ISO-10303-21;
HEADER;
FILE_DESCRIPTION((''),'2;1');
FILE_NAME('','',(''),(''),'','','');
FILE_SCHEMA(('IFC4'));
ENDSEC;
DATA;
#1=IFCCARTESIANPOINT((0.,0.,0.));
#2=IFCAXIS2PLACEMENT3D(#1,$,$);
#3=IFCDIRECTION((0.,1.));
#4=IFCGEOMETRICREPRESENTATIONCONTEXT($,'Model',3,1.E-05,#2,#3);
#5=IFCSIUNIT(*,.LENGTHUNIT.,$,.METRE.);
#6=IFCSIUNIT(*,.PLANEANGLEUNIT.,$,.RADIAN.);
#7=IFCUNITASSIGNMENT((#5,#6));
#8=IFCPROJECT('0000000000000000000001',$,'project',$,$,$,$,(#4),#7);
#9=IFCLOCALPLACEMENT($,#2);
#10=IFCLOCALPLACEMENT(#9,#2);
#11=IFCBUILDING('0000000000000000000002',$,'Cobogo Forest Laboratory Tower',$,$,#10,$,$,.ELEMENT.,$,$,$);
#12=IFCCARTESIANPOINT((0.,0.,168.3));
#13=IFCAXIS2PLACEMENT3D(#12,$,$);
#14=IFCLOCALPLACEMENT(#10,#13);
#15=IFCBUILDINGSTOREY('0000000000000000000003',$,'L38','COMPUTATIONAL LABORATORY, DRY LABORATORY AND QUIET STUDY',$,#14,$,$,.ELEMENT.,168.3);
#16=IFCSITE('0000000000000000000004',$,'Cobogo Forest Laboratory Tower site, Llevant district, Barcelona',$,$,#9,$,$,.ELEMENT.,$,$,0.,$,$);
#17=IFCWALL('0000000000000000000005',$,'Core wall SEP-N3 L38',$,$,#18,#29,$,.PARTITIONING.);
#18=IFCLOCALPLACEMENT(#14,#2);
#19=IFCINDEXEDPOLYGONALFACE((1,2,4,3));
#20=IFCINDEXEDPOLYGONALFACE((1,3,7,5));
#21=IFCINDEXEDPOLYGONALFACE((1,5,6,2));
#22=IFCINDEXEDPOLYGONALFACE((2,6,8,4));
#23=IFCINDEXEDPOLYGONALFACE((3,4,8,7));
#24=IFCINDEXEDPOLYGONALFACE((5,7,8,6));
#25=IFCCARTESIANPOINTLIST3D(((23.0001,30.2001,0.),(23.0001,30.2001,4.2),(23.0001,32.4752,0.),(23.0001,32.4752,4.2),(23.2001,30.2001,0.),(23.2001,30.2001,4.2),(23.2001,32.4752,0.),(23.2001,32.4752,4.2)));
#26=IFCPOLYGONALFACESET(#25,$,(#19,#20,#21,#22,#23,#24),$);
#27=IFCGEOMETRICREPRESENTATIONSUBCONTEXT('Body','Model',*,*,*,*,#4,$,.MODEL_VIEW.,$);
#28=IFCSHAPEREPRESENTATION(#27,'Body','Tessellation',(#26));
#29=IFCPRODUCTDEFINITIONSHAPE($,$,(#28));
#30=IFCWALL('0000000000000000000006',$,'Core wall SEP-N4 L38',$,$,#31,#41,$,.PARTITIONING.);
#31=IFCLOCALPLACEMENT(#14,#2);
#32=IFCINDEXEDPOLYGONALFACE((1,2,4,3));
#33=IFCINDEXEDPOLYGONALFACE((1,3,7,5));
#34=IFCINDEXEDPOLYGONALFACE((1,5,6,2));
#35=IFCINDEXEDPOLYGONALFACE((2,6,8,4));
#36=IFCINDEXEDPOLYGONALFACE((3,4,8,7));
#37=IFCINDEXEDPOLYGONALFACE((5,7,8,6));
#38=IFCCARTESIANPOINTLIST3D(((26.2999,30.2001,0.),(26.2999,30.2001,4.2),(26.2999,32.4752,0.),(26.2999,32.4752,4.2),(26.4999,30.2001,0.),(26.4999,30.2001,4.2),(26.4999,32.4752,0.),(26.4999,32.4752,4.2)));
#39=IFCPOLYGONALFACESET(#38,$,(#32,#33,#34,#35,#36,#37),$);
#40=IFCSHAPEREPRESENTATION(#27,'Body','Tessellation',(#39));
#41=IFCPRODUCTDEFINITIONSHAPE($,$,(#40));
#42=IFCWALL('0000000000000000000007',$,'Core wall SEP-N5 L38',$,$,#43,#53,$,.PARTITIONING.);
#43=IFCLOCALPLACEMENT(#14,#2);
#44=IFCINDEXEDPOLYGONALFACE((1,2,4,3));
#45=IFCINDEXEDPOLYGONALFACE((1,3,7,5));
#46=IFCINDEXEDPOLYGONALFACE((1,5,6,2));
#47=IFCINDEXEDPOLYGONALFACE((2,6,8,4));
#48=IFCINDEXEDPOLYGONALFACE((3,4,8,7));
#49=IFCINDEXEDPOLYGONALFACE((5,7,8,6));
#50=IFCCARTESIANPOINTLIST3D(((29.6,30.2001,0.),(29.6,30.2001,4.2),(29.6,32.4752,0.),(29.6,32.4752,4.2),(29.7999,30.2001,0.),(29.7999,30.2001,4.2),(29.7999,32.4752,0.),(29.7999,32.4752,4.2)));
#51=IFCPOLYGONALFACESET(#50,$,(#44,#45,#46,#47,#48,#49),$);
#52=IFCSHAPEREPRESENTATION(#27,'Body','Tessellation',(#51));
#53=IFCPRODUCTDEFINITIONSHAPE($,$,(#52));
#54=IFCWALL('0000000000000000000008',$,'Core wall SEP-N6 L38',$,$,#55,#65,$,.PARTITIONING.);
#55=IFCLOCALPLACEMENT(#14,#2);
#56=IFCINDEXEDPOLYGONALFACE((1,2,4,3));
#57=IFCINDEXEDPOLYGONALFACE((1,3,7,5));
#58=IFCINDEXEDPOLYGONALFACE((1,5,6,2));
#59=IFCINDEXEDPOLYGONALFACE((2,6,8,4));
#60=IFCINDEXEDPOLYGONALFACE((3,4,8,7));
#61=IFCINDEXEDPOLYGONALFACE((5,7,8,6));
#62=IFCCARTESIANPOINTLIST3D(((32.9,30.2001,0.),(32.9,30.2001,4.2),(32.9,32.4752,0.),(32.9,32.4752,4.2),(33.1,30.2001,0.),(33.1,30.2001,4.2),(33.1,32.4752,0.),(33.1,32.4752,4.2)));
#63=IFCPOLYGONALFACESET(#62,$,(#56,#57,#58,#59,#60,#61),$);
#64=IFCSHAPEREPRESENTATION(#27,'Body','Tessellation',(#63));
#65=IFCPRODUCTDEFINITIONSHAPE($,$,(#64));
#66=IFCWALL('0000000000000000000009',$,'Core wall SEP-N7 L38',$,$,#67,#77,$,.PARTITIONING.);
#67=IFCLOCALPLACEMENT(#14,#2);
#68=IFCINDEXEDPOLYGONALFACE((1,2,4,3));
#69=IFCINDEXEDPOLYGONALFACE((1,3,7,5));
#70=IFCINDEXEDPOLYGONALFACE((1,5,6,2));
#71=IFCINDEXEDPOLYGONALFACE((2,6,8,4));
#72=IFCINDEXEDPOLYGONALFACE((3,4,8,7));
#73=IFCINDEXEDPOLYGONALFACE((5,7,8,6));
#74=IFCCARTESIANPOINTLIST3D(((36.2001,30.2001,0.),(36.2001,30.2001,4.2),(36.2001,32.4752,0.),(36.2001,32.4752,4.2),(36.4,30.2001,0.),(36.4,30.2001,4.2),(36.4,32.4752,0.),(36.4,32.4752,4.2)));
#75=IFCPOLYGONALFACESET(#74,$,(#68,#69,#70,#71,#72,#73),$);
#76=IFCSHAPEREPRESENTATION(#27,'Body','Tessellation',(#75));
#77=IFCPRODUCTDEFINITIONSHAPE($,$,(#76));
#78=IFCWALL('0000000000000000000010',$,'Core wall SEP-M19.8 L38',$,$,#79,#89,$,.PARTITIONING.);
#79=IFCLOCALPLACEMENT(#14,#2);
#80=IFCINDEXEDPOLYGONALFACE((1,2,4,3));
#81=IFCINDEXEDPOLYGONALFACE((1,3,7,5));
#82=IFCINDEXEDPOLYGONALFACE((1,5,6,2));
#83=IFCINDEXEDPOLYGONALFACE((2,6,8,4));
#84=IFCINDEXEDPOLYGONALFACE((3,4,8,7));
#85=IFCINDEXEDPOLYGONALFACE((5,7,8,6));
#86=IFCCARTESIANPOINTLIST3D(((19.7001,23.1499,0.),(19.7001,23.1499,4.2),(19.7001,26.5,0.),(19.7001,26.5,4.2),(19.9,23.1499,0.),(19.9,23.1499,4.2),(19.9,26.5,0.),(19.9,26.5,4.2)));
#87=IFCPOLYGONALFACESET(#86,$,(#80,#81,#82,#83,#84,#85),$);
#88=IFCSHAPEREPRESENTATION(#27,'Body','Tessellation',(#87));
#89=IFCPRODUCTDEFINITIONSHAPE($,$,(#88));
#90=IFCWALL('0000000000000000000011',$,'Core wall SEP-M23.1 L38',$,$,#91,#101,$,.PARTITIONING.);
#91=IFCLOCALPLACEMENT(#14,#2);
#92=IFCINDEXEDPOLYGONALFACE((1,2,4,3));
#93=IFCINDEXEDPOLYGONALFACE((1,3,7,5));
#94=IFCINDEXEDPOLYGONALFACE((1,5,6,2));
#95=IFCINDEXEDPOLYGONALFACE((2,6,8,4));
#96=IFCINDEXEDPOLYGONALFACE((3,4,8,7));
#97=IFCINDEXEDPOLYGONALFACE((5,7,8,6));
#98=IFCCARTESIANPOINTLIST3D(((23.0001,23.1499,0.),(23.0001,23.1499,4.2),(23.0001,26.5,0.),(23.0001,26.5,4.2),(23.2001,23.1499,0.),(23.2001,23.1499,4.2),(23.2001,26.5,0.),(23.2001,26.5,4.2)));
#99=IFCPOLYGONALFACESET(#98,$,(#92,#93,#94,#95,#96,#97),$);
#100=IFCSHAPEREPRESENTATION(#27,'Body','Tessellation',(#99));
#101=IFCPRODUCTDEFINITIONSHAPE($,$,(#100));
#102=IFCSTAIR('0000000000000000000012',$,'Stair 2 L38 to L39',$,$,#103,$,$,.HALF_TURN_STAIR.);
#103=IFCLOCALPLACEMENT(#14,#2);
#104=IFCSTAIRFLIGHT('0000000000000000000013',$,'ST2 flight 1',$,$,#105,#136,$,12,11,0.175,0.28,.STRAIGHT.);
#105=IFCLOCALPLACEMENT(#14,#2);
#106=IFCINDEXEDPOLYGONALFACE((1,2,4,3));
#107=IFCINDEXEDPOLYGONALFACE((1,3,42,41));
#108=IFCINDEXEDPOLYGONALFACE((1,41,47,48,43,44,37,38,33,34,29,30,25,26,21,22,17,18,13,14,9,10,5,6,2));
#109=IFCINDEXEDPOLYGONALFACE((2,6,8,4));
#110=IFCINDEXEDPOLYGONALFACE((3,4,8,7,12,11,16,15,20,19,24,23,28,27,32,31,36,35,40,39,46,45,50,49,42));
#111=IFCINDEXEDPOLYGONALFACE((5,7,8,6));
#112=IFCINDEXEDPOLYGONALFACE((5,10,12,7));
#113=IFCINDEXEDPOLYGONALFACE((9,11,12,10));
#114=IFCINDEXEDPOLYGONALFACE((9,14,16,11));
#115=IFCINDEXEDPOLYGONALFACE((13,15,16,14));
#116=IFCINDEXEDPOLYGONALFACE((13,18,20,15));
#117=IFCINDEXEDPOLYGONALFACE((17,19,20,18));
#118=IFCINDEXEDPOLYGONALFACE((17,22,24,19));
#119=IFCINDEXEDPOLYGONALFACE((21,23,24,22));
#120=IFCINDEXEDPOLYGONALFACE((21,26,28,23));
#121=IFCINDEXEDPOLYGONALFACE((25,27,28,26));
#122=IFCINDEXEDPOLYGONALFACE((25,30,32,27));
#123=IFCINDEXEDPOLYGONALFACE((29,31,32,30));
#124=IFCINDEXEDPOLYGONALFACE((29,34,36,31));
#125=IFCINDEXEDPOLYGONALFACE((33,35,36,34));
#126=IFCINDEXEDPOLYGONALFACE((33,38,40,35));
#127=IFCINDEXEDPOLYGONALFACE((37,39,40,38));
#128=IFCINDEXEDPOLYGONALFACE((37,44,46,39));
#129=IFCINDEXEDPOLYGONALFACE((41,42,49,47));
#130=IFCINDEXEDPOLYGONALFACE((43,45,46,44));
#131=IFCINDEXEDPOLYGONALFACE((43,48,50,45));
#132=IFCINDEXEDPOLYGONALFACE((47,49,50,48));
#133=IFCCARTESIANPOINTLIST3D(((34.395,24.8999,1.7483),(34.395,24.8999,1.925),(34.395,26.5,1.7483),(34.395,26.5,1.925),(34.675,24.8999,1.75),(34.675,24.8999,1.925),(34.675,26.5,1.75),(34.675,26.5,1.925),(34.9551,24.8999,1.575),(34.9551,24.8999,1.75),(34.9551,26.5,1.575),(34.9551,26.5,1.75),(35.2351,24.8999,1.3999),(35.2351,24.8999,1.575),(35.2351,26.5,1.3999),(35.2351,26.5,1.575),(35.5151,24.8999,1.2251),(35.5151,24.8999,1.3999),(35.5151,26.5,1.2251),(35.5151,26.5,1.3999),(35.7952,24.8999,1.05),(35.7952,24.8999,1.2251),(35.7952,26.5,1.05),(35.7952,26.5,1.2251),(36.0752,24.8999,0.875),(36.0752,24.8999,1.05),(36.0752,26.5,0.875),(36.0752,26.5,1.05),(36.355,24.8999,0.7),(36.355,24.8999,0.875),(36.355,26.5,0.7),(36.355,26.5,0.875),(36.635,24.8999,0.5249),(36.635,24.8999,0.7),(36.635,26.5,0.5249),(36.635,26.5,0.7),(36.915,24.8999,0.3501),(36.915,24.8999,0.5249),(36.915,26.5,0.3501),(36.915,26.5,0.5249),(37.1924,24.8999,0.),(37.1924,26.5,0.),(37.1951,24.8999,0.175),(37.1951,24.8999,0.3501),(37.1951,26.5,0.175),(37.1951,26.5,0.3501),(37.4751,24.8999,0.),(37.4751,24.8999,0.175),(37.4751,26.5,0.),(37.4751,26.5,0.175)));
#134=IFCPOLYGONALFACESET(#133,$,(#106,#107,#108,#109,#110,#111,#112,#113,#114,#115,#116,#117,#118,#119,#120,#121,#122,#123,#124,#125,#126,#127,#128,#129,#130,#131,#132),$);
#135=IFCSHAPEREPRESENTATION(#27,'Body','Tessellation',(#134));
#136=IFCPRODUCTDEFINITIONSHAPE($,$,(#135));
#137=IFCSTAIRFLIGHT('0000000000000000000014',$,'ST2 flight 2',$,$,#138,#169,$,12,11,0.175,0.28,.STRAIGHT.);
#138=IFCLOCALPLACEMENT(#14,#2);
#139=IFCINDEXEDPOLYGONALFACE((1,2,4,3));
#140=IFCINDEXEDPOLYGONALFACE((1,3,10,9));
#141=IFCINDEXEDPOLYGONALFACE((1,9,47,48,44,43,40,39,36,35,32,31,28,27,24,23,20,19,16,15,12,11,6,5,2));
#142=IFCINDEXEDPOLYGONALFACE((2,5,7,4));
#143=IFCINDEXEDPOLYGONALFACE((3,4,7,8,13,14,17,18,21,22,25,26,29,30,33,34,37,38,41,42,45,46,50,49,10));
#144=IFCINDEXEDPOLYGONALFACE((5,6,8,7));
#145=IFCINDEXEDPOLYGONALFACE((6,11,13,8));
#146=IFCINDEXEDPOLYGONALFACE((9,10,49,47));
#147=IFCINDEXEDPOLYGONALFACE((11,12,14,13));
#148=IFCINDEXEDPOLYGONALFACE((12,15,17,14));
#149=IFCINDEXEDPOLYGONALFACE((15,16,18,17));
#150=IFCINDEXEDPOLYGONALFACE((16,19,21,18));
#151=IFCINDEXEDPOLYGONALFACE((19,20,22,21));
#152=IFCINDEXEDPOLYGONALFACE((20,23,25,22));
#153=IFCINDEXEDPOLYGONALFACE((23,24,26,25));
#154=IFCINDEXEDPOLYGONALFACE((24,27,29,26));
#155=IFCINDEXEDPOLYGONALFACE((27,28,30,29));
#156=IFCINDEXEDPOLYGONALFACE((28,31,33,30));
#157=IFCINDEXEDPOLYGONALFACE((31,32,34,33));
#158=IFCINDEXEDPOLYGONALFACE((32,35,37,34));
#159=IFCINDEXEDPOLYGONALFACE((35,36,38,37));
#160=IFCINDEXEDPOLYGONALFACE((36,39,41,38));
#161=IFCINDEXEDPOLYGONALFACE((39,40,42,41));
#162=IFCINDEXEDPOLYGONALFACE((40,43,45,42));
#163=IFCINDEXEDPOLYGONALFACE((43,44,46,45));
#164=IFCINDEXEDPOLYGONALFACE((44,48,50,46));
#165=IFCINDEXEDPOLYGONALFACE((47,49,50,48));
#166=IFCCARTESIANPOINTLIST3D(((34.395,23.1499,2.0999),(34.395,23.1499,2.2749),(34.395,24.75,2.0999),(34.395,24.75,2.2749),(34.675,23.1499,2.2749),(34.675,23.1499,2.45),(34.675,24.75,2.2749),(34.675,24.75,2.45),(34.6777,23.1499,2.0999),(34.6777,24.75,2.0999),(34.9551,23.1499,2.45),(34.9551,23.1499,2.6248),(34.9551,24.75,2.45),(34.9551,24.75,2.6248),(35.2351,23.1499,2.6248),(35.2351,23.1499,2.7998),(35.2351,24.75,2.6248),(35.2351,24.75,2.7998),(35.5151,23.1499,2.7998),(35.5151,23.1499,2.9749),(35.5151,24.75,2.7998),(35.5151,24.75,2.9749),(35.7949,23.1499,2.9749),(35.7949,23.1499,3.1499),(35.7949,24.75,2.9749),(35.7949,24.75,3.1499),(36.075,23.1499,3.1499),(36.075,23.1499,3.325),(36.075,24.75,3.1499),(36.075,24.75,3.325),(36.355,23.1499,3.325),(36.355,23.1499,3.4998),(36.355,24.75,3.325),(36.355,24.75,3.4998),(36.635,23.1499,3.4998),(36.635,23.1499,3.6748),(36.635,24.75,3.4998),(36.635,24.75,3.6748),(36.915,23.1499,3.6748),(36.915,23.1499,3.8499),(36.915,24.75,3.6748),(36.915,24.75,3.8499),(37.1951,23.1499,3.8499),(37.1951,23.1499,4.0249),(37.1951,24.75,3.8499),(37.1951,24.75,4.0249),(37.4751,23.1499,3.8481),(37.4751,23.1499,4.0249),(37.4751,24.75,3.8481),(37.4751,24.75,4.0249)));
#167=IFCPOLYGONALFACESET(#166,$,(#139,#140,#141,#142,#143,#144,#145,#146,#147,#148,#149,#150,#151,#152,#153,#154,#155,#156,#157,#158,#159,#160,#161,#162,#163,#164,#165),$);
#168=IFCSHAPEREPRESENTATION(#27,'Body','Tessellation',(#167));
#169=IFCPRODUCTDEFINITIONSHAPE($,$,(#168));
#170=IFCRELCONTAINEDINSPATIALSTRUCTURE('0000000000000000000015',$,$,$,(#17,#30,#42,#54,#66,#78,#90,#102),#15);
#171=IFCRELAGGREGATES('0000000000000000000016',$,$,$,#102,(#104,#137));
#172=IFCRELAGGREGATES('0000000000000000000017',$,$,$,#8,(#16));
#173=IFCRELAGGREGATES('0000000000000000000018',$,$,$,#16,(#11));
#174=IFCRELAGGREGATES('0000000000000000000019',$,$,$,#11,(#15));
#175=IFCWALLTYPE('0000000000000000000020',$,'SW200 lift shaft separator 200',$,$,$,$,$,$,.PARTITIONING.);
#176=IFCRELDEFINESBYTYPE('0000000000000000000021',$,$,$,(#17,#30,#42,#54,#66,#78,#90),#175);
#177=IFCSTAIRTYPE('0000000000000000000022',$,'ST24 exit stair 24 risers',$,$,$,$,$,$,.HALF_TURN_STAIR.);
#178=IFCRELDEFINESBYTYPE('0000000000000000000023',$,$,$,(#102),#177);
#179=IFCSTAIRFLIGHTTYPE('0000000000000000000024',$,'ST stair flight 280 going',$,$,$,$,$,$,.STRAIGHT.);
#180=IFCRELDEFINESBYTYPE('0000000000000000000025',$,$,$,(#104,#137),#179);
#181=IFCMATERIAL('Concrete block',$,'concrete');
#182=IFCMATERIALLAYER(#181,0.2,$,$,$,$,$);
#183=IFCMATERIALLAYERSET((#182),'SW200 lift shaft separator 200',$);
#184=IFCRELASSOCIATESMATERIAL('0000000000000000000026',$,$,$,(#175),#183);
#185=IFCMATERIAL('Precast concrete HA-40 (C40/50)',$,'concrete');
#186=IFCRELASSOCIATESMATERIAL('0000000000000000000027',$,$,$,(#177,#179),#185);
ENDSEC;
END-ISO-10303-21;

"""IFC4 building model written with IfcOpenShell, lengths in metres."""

from ifc_helpers import new_model, si_unit, direction, frame, frame_2d, origin, place, context, subcontext, project, spatial, polyline, rectangle, outline, extrude, material, layer, layer_set, type_object, element, aggregate, save


model = new_model("IFC4")

# Units and contexts
model_context = context("Model", 3, precision=1e-05, world=origin(), true_north=direction((0.0, 1.0)))
body_context = subcontext(model_context, "Body", "Model", "MODEL_VIEW")
ifc_project = project(units=[si_unit("LENGTHUNIT", "METRE"), si_unit("PLANEANGLEUNIT", "RADIAN")], contexts=[model_context])

# Site, building, storey
site_placement = place(None, origin())
site = spatial("IfcSite", under=ifc_project, at=site_placement, Name="Cobogo Forest Laboratory Tower site, Llevant district, Barcelona", CompositionType="ELEMENT", RefElevation=0.0)
building_placement = place(site_placement, origin())
building = spatial("IfcBuilding", under=site, at=building_placement, Name="Cobogo Forest Laboratory Tower", CompositionType="ELEMENT")
storey_placement = place(building_placement, frame((0.0, 0.0, 168.3)))
storey = spatial("IfcBuildingStorey", under=building, at=storey_placement, Name="L38", Description="COMPUTATIONAL LABORATORY, DRY LABORATORY AND QUIET STUDY", CompositionType="ELEMENT", Elevation=168.3)

# Walls
ifc_material_1 = material(Name="Concrete block", Category="concrete")
ifc_layer_1 = layer(ifc_material_1, 0.2)
ifc_layer_set_1 = layer_set([ifc_layer_1], Name="SW200 lift shaft separator 200")
wall_type_1 = type_object("IfcWallType", Name="SW200 lift shaft separator 200", PredefinedType="PARTITIONING", material=ifc_layer_set_1)
for number, where, z_axis, x_axis, name in (
    (1, (23.1001, 30.2, 0.0), (0.0, 0.0, 1.0), (0.0, 1.0, 0.0), "Core wall SEP-N3 L38"),
    (2, (26.3999, 30.2, 0.0), (0.0, 0.0, 1.0), (0.0, 1.0, 0.0), "Core wall SEP-N4 L38"),
    (3, (29.7, 30.2, 0.0), (0.0, 0.0, 1.0), (0.0, 1.0, 0.0), "Core wall SEP-N5 L38"),
    (4, (33.0, 30.2, 0.0), (0.0, 0.0, 1.0), (0.0, 1.0, 0.0), "Core wall SEP-N6 L38"),
    (5, (36.3, 30.2, 0.0), (0.0, 0.0, 1.0), (0.0, 1.0, 0.0), "Core wall SEP-N7 L38"),
):
    element("IfcWall", number, at=place(storey_placement, frame(where, z_axis=z_axis, x_axis=x_axis)), inside=storey, type_object=wall_type_1, Name=name, PredefinedType="PARTITIONING", context=body_context, shape_type="SweptSolid", body=[
        extrude(rectangle(XDim=2.2751, YDim=0.2, at=frame_2d((1.1377, 0.0))), origin(), (0.0, 0.0, 1.0), 4.2),
    ])
for number, where, z_axis, x_axis, name in (
    (6, (19.8, 23.1499, 0.0), (0.0, 0.0, 1.0), (0.0, 1.0, 0.0), "Core wall SEP-M19.8 L38"),
    (7, (23.1001, 23.1499, 0.0), (0.0, 0.0, 1.0), (0.0, 1.0, 0.0), "Core wall SEP-M23.1 L38"),
):
    element("IfcWall", number, at=place(storey_placement, frame(where, z_axis=z_axis, x_axis=x_axis)), inside=storey, type_object=wall_type_1, Name=name, PredefinedType="PARTITIONING", context=body_context, shape_type="SweptSolid", body=[
        extrude(rectangle(XDim=3.3501, YDim=0.2, at=frame_2d((1.675, 0.0))), origin(), (0.0, 0.0, 1.0), 4.2),
    ])

# Stair, stair flights
ifc_material_2 = material(Name="Precast concrete HA-40 (C40/50)", Category="concrete")
stair_type = type_object("IfcStairType", Name="ST24 exit stair 24 risers", PredefinedType="HALF_TURN_STAIR", material=ifc_material_2)
stair_placement = place(storey_placement, origin())
stair = element("IfcStair", 8, at=stair_placement, inside=storey, type_object=stair_type, Name="Stair 2 L38 to L39", PredefinedType="HALF_TURN_STAIR")
stair_flight_type = type_object("IfcStairFlightType", Name="ST stair flight 280 going", PredefinedType="STRAIGHT", material=ifc_material_2)
stair_flight_1_placement = place(storey_placement, frame((37.4751, 25.7, 0.0), z_axis=(0.0, 0.0, 1.0), x_axis=(-1.0, 0.0, 0.0)))
stair_flight_1 = element("IfcStairFlight", 9, at=stair_flight_1_placement, type_object=stair_flight_type, Name="ST2 flight 1", NumberOfRisers=12, NumberOfTreads=11, PredefinedType="STRAIGHT", RiserHeight=0.175, TreadLength=0.28, context=body_context, shape_type="SweptSolid", body=[
    extrude(outline(polyline([(0.0, 0.0), (0.0, 0.175), (0.28, 0.175), (0.28, 0.3501), (0.5601, 0.3501), (0.5601, 0.5249), (0.8401, 0.5249), (0.8401, 0.7), (1.1201, 0.7), (1.1201, 0.875), (1.3999, 0.875), (1.3999, 1.05), (1.6799, 1.05), (1.6799, 1.2251), (1.96, 1.2251), (1.96, 1.3999), (2.24, 1.3999), (2.24, 1.575), (2.52, 1.575), (2.52, 1.75), (2.8, 1.75), (2.8, 1.925), (3.0801, 1.925), (3.0801, 2.1001), (3.0801, 1.7483), (0.2827, 0.0), (0.0, 0.0)])), frame((0.0, 0.8, 0.0), z_axis=(0.0, -1.0, 0.0), x_axis=(1.0, 0.0, 0.0)), (0.0, 0.0, 1.0), 1.6001),
])
stair_flight_2_placement = place(storey_placement, frame((34.395, 23.95, 2.0999), z_axis=(0.0, 0.0, 1.0), x_axis=(1.0, 0.0, 0.0)))
stair_flight_2 = element("IfcStairFlight", 10, at=stair_flight_2_placement, type_object=stair_flight_type, Name="ST2 flight 2", NumberOfRisers=12, NumberOfTreads=11, PredefinedType="STRAIGHT", RiserHeight=0.175, TreadLength=0.28, context=body_context, shape_type="SweptSolid", body=[
    extrude(outline(polyline([(0.0, 0.0), (0.0, 0.175), (0.28, 0.175), (0.28, 0.3501), (0.5601, 0.3501), (0.5601, 0.5249), (0.8401, 0.5249), (0.8401, 0.7), (1.1201, 0.7), (1.1201, 0.875), (1.3999, 0.875), (1.3999, 1.05), (1.6799, 1.05), (1.6799, 1.2251), (1.96, 1.2251), (1.96, 1.3999), (2.24, 1.3999), (2.24, 1.575), (2.52, 1.575), (2.52, 1.75), (2.8, 1.75), (2.8, 1.925), (3.0801, 1.925), (3.0801, 2.1001), (3.0801, 1.7483), (0.2827, 0.0), (0.0, 0.0)])), frame((0.0, 0.8, 0.0), z_axis=(0.0, -1.0, 0.0), x_axis=(1.0, 0.0, 0.0)), (0.0, 0.0, 1.0), 1.6001),
])
aggregate(stair, [stair_flight_1, stair_flight_2])

save(model, "model.ifc")
